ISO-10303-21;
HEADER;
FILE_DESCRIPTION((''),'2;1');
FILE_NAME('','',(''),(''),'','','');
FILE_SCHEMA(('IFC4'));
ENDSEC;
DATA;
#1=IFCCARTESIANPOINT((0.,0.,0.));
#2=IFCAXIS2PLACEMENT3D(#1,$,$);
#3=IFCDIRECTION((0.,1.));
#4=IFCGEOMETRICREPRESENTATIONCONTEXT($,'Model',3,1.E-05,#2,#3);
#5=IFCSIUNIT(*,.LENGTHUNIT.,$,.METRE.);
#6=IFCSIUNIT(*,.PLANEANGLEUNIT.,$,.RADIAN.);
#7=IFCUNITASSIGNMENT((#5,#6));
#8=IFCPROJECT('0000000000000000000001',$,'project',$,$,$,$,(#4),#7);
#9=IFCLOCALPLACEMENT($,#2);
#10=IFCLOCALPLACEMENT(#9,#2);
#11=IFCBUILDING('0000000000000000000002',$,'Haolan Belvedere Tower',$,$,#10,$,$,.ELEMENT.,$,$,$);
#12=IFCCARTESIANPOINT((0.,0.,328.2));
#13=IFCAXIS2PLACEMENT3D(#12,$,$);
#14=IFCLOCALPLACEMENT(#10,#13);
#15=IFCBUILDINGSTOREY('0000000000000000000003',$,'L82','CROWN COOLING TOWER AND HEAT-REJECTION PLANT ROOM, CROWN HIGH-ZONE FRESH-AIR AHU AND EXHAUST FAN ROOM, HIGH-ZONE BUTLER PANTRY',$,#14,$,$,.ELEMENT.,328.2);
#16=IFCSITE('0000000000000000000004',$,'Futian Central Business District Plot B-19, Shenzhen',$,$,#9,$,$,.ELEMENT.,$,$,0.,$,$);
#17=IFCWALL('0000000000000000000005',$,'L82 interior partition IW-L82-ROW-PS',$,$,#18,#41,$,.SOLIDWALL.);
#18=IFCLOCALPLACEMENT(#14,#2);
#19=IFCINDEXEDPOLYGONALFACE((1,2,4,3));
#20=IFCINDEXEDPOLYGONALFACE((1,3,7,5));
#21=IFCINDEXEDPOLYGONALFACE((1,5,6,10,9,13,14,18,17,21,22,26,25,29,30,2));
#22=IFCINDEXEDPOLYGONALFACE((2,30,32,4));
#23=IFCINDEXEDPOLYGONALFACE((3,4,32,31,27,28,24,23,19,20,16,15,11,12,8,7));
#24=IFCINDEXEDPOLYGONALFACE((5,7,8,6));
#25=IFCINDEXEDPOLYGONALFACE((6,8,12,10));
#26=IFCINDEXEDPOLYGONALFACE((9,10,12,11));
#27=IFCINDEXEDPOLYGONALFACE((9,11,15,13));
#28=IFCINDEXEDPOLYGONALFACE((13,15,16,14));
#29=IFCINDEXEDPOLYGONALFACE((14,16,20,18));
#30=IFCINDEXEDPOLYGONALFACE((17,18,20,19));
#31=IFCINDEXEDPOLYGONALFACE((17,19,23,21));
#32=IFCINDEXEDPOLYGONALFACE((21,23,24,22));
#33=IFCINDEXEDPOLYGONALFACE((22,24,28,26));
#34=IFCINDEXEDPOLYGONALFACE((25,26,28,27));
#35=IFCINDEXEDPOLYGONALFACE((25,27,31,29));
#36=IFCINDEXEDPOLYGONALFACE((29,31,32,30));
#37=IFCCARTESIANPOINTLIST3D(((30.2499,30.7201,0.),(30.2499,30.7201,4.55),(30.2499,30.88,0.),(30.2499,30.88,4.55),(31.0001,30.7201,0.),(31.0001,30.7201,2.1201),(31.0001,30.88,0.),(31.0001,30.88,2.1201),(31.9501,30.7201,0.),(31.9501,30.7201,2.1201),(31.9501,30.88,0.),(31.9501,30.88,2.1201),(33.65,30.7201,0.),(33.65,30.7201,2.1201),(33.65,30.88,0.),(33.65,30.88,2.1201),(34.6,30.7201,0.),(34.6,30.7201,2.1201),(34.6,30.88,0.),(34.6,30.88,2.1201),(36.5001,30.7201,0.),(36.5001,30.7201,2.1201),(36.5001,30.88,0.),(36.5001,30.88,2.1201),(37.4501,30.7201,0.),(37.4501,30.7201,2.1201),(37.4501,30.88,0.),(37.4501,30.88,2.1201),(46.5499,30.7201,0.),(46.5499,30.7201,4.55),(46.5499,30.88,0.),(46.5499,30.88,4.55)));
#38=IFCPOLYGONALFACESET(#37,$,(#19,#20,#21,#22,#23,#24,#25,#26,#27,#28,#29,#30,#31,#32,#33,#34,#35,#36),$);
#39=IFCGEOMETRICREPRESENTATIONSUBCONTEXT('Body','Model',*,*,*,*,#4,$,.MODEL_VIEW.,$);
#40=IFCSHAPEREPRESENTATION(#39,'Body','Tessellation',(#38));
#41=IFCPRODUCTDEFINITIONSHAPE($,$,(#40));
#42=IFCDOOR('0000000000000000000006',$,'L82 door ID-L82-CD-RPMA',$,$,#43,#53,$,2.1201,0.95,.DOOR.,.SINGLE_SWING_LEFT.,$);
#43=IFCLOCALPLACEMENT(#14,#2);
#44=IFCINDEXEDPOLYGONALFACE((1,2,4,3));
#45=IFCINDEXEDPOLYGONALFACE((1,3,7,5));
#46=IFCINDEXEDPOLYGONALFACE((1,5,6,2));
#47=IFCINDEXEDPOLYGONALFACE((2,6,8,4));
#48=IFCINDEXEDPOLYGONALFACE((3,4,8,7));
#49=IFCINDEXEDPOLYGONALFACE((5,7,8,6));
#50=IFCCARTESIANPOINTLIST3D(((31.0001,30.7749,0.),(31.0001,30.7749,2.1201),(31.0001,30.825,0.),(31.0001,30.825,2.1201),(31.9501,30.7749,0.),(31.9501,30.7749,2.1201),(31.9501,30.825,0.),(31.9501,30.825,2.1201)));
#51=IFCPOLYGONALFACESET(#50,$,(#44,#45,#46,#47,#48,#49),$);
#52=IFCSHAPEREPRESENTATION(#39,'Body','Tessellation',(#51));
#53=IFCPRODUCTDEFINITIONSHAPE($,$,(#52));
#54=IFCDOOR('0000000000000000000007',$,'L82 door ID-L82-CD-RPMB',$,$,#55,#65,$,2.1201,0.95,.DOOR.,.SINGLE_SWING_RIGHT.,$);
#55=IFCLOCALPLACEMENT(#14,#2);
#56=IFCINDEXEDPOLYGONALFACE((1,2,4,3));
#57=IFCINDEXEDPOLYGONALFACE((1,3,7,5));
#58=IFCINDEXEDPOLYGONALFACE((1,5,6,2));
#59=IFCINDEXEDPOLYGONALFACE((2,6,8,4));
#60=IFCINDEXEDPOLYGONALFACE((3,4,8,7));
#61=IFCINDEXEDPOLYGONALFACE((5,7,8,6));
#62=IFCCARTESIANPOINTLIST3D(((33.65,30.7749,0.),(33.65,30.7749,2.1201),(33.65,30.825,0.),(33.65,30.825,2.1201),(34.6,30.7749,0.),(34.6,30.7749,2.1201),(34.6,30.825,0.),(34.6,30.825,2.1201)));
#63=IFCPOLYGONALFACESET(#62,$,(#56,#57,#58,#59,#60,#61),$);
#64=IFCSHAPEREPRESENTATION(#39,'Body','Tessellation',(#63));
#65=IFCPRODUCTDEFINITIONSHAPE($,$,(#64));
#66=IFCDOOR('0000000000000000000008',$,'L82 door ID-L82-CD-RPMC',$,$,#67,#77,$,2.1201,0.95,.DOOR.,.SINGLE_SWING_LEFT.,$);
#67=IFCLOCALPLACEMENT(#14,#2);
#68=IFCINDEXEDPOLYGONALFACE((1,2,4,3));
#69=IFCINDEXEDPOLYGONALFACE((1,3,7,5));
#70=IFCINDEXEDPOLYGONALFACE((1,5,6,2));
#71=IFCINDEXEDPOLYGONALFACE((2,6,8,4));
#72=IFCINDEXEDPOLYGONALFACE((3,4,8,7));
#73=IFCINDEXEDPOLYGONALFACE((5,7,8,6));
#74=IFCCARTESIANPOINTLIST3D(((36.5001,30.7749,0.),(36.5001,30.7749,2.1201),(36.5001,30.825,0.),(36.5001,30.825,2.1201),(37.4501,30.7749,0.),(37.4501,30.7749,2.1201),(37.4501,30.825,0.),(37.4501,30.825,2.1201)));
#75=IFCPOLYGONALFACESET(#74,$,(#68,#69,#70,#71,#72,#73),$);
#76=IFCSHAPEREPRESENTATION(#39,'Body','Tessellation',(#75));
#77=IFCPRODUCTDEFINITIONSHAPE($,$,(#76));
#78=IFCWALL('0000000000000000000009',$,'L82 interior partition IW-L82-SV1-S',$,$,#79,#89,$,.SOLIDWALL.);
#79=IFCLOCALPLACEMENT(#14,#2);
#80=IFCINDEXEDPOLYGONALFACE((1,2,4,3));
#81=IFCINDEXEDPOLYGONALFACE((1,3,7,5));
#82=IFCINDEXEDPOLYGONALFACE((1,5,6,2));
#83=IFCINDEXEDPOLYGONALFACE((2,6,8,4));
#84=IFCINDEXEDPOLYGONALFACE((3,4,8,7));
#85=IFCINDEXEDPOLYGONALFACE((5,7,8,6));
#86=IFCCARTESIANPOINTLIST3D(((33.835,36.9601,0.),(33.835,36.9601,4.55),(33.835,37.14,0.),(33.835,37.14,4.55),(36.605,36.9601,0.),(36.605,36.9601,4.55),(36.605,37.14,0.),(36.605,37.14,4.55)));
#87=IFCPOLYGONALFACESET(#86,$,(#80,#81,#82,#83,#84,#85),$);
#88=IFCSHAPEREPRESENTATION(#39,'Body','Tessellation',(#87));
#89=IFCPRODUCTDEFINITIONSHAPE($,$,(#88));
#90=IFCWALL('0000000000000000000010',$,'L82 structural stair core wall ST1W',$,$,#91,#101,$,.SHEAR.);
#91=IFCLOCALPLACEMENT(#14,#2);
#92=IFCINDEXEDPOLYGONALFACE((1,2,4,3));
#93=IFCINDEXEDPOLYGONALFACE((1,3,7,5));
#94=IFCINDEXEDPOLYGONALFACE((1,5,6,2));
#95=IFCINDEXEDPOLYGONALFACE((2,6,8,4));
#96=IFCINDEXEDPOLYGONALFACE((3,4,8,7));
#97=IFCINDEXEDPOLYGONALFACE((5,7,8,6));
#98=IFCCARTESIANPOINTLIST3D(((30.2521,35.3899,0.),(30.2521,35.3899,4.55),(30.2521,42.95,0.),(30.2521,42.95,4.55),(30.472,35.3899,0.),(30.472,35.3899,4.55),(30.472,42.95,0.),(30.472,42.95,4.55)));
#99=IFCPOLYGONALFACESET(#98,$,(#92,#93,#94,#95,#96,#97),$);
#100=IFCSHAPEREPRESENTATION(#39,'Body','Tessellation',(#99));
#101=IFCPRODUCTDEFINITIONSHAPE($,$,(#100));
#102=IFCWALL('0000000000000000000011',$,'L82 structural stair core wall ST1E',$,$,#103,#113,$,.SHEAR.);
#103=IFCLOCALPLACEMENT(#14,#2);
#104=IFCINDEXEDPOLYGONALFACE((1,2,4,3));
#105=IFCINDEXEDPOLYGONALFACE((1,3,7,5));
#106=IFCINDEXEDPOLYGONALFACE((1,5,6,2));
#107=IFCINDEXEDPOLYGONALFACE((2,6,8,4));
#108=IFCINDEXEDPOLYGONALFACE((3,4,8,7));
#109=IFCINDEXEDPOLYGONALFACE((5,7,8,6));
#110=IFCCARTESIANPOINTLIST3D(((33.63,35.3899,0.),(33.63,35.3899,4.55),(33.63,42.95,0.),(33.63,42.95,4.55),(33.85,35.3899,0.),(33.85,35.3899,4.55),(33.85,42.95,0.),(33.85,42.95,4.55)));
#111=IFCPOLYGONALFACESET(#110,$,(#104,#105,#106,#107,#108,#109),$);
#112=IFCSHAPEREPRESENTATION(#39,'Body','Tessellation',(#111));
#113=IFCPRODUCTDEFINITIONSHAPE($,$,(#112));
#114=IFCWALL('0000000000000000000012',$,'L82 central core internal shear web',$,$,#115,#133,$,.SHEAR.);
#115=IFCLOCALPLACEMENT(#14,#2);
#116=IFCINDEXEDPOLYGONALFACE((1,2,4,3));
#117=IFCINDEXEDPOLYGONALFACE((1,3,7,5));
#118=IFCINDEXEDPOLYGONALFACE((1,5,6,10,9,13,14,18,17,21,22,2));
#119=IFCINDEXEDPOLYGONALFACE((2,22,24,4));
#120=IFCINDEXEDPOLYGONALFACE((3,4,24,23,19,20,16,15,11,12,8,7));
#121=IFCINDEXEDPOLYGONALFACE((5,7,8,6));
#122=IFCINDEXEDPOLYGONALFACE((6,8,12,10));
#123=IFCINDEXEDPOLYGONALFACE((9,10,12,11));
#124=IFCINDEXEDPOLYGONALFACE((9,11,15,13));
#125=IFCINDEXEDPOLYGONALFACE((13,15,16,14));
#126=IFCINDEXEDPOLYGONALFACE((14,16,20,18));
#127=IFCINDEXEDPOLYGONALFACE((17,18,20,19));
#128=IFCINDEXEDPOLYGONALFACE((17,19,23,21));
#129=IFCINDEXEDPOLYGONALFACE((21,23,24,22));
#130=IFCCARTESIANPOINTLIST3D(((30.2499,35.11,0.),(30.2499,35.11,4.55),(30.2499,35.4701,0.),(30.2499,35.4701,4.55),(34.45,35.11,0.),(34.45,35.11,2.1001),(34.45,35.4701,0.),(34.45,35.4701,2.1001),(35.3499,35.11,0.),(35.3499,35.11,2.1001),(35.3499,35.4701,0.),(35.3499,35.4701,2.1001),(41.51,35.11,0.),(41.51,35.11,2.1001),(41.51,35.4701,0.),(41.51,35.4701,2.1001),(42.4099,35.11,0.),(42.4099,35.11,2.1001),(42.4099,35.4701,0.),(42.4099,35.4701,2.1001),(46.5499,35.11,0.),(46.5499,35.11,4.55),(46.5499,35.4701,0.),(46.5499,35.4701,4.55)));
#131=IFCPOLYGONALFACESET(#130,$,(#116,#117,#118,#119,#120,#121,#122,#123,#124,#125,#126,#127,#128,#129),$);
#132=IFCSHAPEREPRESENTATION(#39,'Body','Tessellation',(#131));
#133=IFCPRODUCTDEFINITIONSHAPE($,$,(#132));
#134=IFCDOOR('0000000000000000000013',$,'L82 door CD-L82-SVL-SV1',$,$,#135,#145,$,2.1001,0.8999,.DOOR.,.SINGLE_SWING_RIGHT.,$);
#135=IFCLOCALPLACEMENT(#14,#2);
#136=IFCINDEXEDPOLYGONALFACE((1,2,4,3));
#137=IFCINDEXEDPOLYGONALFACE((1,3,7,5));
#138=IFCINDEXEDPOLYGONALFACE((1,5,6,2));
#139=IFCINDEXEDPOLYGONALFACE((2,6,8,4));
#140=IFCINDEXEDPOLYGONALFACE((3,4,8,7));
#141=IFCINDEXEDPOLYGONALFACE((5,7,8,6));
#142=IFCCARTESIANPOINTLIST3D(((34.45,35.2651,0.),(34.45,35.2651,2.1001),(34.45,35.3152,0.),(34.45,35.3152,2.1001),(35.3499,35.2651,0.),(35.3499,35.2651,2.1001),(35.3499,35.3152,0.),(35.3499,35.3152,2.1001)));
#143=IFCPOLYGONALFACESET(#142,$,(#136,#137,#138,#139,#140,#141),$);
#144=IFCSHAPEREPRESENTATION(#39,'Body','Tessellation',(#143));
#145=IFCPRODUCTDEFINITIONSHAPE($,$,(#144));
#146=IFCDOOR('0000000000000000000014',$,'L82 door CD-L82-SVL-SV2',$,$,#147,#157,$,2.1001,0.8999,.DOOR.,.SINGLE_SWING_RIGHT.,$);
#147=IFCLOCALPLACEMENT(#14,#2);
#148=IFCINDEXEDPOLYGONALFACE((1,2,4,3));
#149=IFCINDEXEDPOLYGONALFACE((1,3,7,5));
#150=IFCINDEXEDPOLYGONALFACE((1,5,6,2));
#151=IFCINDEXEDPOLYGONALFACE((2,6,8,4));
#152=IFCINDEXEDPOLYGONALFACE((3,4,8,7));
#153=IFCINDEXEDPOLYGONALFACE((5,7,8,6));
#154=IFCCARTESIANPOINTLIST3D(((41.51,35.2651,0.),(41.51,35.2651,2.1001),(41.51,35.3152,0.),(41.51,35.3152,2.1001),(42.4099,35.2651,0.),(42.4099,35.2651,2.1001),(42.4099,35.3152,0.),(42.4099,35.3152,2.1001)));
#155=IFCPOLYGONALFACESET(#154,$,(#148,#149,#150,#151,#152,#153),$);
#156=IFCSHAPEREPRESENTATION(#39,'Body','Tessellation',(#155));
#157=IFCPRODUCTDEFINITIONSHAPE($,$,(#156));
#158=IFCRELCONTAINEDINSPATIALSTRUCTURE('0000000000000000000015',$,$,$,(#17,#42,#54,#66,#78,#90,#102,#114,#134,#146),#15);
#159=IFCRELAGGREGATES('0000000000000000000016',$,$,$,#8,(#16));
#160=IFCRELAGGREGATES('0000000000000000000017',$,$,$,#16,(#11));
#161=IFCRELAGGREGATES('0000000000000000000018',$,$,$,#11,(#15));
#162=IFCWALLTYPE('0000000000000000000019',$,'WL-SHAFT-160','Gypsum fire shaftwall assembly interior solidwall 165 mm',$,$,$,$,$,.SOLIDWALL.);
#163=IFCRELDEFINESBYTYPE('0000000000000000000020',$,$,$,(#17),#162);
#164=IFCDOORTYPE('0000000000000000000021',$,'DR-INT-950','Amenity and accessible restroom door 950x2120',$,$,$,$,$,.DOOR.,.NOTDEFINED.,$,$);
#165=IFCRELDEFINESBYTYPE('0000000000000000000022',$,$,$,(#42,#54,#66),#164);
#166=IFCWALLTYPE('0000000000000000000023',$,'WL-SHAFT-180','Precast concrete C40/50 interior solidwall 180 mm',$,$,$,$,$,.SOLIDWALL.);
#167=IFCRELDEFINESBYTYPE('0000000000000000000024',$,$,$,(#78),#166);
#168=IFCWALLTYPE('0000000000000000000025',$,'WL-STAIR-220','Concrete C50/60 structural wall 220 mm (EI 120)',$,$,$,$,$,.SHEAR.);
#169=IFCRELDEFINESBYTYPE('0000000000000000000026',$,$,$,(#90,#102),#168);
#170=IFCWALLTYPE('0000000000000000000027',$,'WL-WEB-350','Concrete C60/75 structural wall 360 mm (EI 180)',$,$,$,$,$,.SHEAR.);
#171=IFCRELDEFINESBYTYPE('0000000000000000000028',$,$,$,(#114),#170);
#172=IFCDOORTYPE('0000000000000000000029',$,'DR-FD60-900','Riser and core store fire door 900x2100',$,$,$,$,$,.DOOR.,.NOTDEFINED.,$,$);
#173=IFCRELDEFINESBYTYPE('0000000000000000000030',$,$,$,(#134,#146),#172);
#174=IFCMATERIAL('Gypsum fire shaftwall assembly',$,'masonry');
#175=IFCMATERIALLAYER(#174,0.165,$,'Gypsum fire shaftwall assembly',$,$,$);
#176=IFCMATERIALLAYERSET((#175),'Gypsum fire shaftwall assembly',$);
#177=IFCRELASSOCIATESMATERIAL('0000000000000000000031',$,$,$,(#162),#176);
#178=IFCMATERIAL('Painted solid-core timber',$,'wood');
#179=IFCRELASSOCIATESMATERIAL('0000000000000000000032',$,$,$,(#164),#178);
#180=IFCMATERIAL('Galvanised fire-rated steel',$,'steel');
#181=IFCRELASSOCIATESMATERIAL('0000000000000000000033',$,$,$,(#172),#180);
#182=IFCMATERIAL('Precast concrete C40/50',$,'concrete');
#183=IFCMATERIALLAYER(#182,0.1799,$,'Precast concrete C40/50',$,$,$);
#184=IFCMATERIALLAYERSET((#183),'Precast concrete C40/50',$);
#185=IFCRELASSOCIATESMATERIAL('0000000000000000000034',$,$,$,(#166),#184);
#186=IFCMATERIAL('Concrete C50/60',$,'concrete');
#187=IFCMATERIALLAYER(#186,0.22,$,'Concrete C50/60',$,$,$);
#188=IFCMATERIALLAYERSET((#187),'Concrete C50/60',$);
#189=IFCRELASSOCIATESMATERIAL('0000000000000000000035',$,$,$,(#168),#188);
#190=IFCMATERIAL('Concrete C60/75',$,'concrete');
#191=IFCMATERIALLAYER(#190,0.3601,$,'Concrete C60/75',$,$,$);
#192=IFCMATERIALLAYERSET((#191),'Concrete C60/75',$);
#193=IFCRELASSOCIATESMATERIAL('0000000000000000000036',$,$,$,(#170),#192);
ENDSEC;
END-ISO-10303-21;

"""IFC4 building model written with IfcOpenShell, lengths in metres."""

from ifc_helpers import new_model, si_unit, direction, frame, frame_2d, origin, place, context, subcontext, project, spatial, rectangle, extrude, material, layer, layer_set, type_object, element, fill, save


model = new_model("IFC4")

# Units and contexts
model_context = context("Model", 3, precision=1e-05, world=origin(), true_north=direction((0.0, 1.0)))
body_context = subcontext(model_context, "Body", "Model", "MODEL_VIEW")
ifc_project = project(units=[si_unit("LENGTHUNIT", "METRE"), si_unit("PLANEANGLEUNIT", "RADIAN")], contexts=[model_context])

# Site, building, storey
site_placement = place(None, origin())
site = spatial("IfcSite", under=ifc_project, at=site_placement, Name="Futian Central Business District Plot B-19, Shenzhen", CompositionType="ELEMENT", RefElevation=0.0)
building_placement = place(site_placement, origin())
building = spatial("IfcBuilding", under=site, at=building_placement, Name="Haolan Belvedere Tower", CompositionType="ELEMENT")
storey_placement = place(building_placement, frame((0.0, 0.0, 328.2)))
storey = spatial("IfcBuildingStorey", under=building, at=storey_placement, Name="L82", Description="CROWN COOLING TOWER AND HEAT-REJECTION PLANT ROOM, CROWN HIGH-ZONE FRESH-AIR AHU AND EXHAUST FAN ROOM, HIGH-ZONE BUTLER PANTRY", CompositionType="ELEMENT", Elevation=328.2)

# Shared definitions
ifc_material_1 = material(Name="Gypsum fire shaftwall assembly", Category="masonry")
ifc_layer_1 = layer(ifc_material_1, 0.165, Name="Gypsum fire shaftwall assembly")
ifc_layer_set_1 = layer_set([ifc_layer_1], Name="Gypsum fire shaftwall assembly")
wall_type_1 = type_object("IfcWallType", Name="WL-SHAFT-160", Description="Gypsum fire shaftwall assembly interior solidwall 165 mm", PredefinedType="SOLIDWALL", material=ifc_layer_set_1)

# Shared definitions
ifc_material_2 = material(Name="Painted solid-core timber", Category="wood")
door_type_1 = type_object("IfcDoorType", Name="DR-INT-950", Description="Amenity and accessible restroom door 950x2120", OperationType="NOTDEFINED", PredefinedType="DOOR", material=ifc_material_2)

# Wall, openings, doors
ifc_material_3 = material(Name="Galvanised fire-rated steel", Category="steel")
door_type_2 = type_object("IfcDoorType", Name="DR-FD60-900", Description="Riser and core store fire door 900x2100", OperationType="NOTDEFINED", PredefinedType="DOOR", material=ifc_material_3)
wall_1_placement = place(storey_placement, frame((30.25, 30.8, 0.0), z_axis=(0.0, 0.0, 1.0), x_axis=(1.0, 0.0, 0.0)))
wall_1 = element("IfcWall", 1, at=wall_1_placement, inside=storey, type_object=wall_type_1, Name="L82 interior partition IW-L82-ROW-PS", PredefinedType="SOLIDWALL", context=body_context, shape_type="SweptSolid", body=[
    extrude(rectangle(XDim=16.3, YDim=0.1599, at=frame_2d((8.1499, 0.0))), origin(), (0.0, 0.0, 1.0), 4.55),
])
opening_1_placement = place(wall_1_placement, frame((0.75, 0.0, 0.0)))
opening_1 = element("IfcOpeningElement", 2, at=opening_1_placement, cuts=wall_1, PredefinedType="OPENING", context=body_context, shape_type="SweptSolid", body=[
    extrude(rectangle(XDim=0.95, YDim=2.1201, at=frame_2d((0.4751, 1.0601))), frame((0.0, 0.0898, 0.0), z_axis=(0.0, -1.0, 0.0), x_axis=(1.0, 0.0, 0.0)), (0.0, 0.0, 1.0), 0.1799),
])
opening_2_placement = place(wall_1_placement, frame((3.3999, 0.0, 0.0)))
opening_2 = element("IfcOpeningElement", 3, at=opening_2_placement, cuts=wall_1, PredefinedType="OPENING", context=body_context, shape_type="SweptSolid", body=[
    extrude(rectangle(XDim=0.95, YDim=2.1201, at=frame_2d((0.4751, 1.0601))), frame((0.0, 0.0898, 0.0), z_axis=(0.0, -1.0, 0.0), x_axis=(1.0, 0.0, 0.0)), (0.0, 0.0, 1.0), 0.1799),
])
opening_3_placement = place(wall_1_placement, frame((6.25, 0.0, 0.0)))
opening_3 = element("IfcOpeningElement", 4, at=opening_3_placement, cuts=wall_1, PredefinedType="OPENING", context=body_context, shape_type="SweptSolid", body=[
    extrude(rectangle(XDim=0.95, YDim=2.1201, at=frame_2d((0.4751, 1.0601))), frame((0.0, 0.0898, 0.0), z_axis=(0.0, -1.0, 0.0), x_axis=(1.0, 0.0, 0.0)), (0.0, 0.0, 1.0), 0.1799),
])
door_1_placement = place(opening_1_placement, origin())
door_1 = element("IfcDoor", 5, at=door_1_placement, inside=storey, type_object=door_type_1, Name="L82 door ID-L82-CD-RPMA", OperationType="SINGLE_SWING_LEFT", OverallHeight=2.1201, OverallWidth=0.95, PredefinedType="DOOR", context=body_context, shape_type="SweptSolid", body=[
    extrude(rectangle(XDim=0.95, YDim=2.1201, at=frame_2d((0.4751, 1.0601))), frame((0.0, 0.0249, 0.0), z_axis=(0.0, -1.0, 0.0), x_axis=(1.0, 0.0, 0.0)), (0.0, 0.0, 1.0), 0.05),
])
fill(opening_1, door_1)
door_2_placement = place(opening_2_placement, origin())
door_2 = element("IfcDoor", 6, at=door_2_placement, inside=storey, type_object=door_type_1, Name="L82 door ID-L82-CD-RPMB", OperationType="SINGLE_SWING_RIGHT", OverallHeight=2.1201, OverallWidth=0.95, PredefinedType="DOOR", context=body_context, shape_type="SweptSolid", body=[
    extrude(rectangle(XDim=0.95, YDim=2.1201, at=frame_2d((0.4751, 1.0601))), frame((0.0, 0.0249, 0.0), z_axis=(0.0, -1.0, 0.0), x_axis=(1.0, 0.0, 0.0)), (0.0, 0.0, 1.0), 0.05),
])
fill(opening_2, door_2)
door_3_placement = place(opening_3_placement, origin())
door_3 = element("IfcDoor", 7, at=door_3_placement, inside=storey, type_object=door_type_1, Name="L82 door ID-L82-CD-RPMC", OperationType="SINGLE_SWING_LEFT", OverallHeight=2.1201, OverallWidth=0.95, PredefinedType="DOOR", context=body_context, shape_type="SweptSolid", body=[
    extrude(rectangle(XDim=0.95, YDim=2.1201, at=frame_2d((0.4751, 1.0601))), frame((0.0, 0.0249, 0.0), z_axis=(0.0, -1.0, 0.0), x_axis=(1.0, 0.0, 0.0)), (0.0, 0.0, 1.0), 0.05),
])
fill(opening_3, door_3)

# Walls
ifc_material_4 = material(Name="Precast concrete C40/50", Category="concrete")
ifc_layer_2 = layer(ifc_material_4, 0.1799, Name="Precast concrete C40/50")
ifc_layer_set_2 = layer_set([ifc_layer_2], Name="Precast concrete C40/50")
wall_type_2 = type_object("IfcWallType", Name="WL-SHAFT-180", Description="Precast concrete C40/50 interior solidwall 180 mm", PredefinedType="SOLIDWALL", material=ifc_layer_set_2)
wall_2_placement = place(storey_placement, frame((33.835, 37.05, 0.0), z_axis=(0.0, 0.0, 1.0), x_axis=(1.0, 0.0, 0.0)))
element("IfcWall", 8, at=wall_2_placement, inside=storey, type_object=wall_type_2, Name="L82 interior partition IW-L82-SV1-S", PredefinedType="SOLIDWALL", context=body_context, shape_type="SweptSolid", body=[
    extrude(rectangle(XDim=2.77, YDim=0.1799, at=frame_2d((1.385, 0.0))), origin(), (0.0, 0.0, 1.0), 4.55),
])
ifc_material_5 = material(Name="Concrete C50/60", Category="concrete")
ifc_layer_3 = layer(ifc_material_5, 0.22, Name="Concrete C50/60")
ifc_layer_set_3 = layer_set([ifc_layer_3], Name="Concrete C50/60")
wall_type_3 = type_object("IfcWallType", Name="WL-STAIR-220", Description="Concrete C50/60 structural wall 220 mm (EI 120)", PredefinedType="SHEAR", material=ifc_layer_set_3)
for number, where, z_axis, x_axis, name in (
    (9, (30.3621, 35.3899, 0.0), (0.0, 0.0, 1.0), (0.0, 1.0, 0.0), "L82 structural stair core wall ST1W"),
    (10, (33.74, 35.3899, 0.0), (0.0, 0.0, 1.0), (0.0, 1.0, 0.0), "L82 structural stair core wall ST1E"),
):
    element("IfcWall", number, at=place(storey_placement, frame(where, z_axis=z_axis, x_axis=x_axis)), inside=storey, type_object=wall_type_3, Name=name, PredefinedType="SHEAR", context=body_context, shape_type="SweptSolid", body=[
        extrude(rectangle(XDim=7.5601, YDim=0.22, at=frame_2d((3.78, 0.0))), origin(), (0.0, 0.0, 1.0), 4.55),
    ])

# Wall, openings, doors
ifc_material_6 = material(Name="Concrete C60/75", Category="concrete")
ifc_layer_4 = layer(ifc_material_6, 0.3601, Name="Concrete C60/75")
ifc_layer_set_4 = layer_set([ifc_layer_4], Name="Concrete C60/75")
wall_type_4 = type_object("IfcWallType", Name="WL-WEB-350", Description="Concrete C60/75 structural wall 360 mm (EI 180)", PredefinedType="SHEAR", material=ifc_layer_set_4)
wall_3_placement = place(storey_placement, frame((30.25, 35.29, 0.0), z_axis=(0.0, 0.0, 1.0), x_axis=(1.0, 0.0, 0.0)))
wall_3 = element("IfcWall", 11, at=wall_3_placement, inside=storey, type_object=wall_type_4, Name="L82 central core internal shear web", PredefinedType="SHEAR", context=body_context, shape_type="SweptSolid", body=[
    extrude(rectangle(XDim=16.3, YDim=0.3601, at=frame_2d((8.1499, 0.0))), origin(), (0.0, 0.0, 1.0), 4.55),
])
opening_4_placement = place(wall_3_placement, frame((5.0999, 0.0, 0.0), z_axis=(0.0, 0.0, 1.0), x_axis=(-1.0, 0.0, 0.0)))
opening_4 = element("IfcOpeningElement", 12, at=opening_4_placement, cuts=wall_3, PredefinedType="OPENING", context=body_context, shape_type="SweptSolid", body=[
    extrude(rectangle(XDim=0.8999, YDim=2.1001, at=frame_2d((0.45, 1.05))), frame((0.0, 0.1899, 0.0), z_axis=(0.0, -1.0, 0.0), x_axis=(1.0, 0.0, 0.0)), (0.0, 0.0, 1.0), 0.3801),
])
opening_5_placement = place(wall_3_placement, frame((12.1599, 0.0, 0.0), z_axis=(0.0, 0.0, 1.0), x_axis=(-1.0, 0.0, 0.0)))
opening_5 = element("IfcOpeningElement", 13, at=opening_5_placement, cuts=wall_3, PredefinedType="OPENING", context=body_context, shape_type="SweptSolid", body=[
    extrude(rectangle(XDim=0.8999, YDim=2.1001, at=frame_2d((0.45, 1.05))), frame((0.0, 0.1899, 0.0), z_axis=(0.0, -1.0, 0.0), x_axis=(1.0, 0.0, 0.0)), (0.0, 0.0, 1.0), 0.3801),
])
door_4_placement = place(opening_4_placement, origin())
door_4 = element("IfcDoor", 14, at=door_4_placement, inside=storey, type_object=door_type_2, Name="L82 door CD-L82-SVL-SV1", OperationType="SINGLE_SWING_RIGHT", OverallHeight=2.1001, OverallWidth=0.8999, PredefinedType="DOOR", context=body_context, shape_type="SweptSolid", body=[
    extrude(rectangle(XDim=0.8999, YDim=2.1001, at=frame_2d((0.45, 1.05))), frame((0.0, 0.0249, 0.0), z_axis=(0.0, -1.0, 0.0), x_axis=(1.0, 0.0, 0.0)), (0.0, 0.0, 1.0), 0.05),
])
fill(opening_4, door_4)
door_5_placement = place(opening_5_placement, origin())
door_5 = element("IfcDoor", 15, at=door_5_placement, inside=storey, type_object=door_type_2, Name="L82 door CD-L82-SVL-SV2", OperationType="SINGLE_SWING_RIGHT", OverallHeight=2.1001, OverallWidth=0.8999, PredefinedType="DOOR", context=body_context, shape_type="SweptSolid", body=[
    extrude(rectangle(XDim=0.8999, YDim=2.1001, at=frame_2d((0.45, 1.05))), frame((0.0, 0.0249, 0.0), z_axis=(0.0, -1.0, 0.0), x_axis=(1.0, 0.0, 0.0)), (0.0, 0.0, 1.0), 0.05),
])
fill(opening_5, door_5)

save(model, "model.ifc")
